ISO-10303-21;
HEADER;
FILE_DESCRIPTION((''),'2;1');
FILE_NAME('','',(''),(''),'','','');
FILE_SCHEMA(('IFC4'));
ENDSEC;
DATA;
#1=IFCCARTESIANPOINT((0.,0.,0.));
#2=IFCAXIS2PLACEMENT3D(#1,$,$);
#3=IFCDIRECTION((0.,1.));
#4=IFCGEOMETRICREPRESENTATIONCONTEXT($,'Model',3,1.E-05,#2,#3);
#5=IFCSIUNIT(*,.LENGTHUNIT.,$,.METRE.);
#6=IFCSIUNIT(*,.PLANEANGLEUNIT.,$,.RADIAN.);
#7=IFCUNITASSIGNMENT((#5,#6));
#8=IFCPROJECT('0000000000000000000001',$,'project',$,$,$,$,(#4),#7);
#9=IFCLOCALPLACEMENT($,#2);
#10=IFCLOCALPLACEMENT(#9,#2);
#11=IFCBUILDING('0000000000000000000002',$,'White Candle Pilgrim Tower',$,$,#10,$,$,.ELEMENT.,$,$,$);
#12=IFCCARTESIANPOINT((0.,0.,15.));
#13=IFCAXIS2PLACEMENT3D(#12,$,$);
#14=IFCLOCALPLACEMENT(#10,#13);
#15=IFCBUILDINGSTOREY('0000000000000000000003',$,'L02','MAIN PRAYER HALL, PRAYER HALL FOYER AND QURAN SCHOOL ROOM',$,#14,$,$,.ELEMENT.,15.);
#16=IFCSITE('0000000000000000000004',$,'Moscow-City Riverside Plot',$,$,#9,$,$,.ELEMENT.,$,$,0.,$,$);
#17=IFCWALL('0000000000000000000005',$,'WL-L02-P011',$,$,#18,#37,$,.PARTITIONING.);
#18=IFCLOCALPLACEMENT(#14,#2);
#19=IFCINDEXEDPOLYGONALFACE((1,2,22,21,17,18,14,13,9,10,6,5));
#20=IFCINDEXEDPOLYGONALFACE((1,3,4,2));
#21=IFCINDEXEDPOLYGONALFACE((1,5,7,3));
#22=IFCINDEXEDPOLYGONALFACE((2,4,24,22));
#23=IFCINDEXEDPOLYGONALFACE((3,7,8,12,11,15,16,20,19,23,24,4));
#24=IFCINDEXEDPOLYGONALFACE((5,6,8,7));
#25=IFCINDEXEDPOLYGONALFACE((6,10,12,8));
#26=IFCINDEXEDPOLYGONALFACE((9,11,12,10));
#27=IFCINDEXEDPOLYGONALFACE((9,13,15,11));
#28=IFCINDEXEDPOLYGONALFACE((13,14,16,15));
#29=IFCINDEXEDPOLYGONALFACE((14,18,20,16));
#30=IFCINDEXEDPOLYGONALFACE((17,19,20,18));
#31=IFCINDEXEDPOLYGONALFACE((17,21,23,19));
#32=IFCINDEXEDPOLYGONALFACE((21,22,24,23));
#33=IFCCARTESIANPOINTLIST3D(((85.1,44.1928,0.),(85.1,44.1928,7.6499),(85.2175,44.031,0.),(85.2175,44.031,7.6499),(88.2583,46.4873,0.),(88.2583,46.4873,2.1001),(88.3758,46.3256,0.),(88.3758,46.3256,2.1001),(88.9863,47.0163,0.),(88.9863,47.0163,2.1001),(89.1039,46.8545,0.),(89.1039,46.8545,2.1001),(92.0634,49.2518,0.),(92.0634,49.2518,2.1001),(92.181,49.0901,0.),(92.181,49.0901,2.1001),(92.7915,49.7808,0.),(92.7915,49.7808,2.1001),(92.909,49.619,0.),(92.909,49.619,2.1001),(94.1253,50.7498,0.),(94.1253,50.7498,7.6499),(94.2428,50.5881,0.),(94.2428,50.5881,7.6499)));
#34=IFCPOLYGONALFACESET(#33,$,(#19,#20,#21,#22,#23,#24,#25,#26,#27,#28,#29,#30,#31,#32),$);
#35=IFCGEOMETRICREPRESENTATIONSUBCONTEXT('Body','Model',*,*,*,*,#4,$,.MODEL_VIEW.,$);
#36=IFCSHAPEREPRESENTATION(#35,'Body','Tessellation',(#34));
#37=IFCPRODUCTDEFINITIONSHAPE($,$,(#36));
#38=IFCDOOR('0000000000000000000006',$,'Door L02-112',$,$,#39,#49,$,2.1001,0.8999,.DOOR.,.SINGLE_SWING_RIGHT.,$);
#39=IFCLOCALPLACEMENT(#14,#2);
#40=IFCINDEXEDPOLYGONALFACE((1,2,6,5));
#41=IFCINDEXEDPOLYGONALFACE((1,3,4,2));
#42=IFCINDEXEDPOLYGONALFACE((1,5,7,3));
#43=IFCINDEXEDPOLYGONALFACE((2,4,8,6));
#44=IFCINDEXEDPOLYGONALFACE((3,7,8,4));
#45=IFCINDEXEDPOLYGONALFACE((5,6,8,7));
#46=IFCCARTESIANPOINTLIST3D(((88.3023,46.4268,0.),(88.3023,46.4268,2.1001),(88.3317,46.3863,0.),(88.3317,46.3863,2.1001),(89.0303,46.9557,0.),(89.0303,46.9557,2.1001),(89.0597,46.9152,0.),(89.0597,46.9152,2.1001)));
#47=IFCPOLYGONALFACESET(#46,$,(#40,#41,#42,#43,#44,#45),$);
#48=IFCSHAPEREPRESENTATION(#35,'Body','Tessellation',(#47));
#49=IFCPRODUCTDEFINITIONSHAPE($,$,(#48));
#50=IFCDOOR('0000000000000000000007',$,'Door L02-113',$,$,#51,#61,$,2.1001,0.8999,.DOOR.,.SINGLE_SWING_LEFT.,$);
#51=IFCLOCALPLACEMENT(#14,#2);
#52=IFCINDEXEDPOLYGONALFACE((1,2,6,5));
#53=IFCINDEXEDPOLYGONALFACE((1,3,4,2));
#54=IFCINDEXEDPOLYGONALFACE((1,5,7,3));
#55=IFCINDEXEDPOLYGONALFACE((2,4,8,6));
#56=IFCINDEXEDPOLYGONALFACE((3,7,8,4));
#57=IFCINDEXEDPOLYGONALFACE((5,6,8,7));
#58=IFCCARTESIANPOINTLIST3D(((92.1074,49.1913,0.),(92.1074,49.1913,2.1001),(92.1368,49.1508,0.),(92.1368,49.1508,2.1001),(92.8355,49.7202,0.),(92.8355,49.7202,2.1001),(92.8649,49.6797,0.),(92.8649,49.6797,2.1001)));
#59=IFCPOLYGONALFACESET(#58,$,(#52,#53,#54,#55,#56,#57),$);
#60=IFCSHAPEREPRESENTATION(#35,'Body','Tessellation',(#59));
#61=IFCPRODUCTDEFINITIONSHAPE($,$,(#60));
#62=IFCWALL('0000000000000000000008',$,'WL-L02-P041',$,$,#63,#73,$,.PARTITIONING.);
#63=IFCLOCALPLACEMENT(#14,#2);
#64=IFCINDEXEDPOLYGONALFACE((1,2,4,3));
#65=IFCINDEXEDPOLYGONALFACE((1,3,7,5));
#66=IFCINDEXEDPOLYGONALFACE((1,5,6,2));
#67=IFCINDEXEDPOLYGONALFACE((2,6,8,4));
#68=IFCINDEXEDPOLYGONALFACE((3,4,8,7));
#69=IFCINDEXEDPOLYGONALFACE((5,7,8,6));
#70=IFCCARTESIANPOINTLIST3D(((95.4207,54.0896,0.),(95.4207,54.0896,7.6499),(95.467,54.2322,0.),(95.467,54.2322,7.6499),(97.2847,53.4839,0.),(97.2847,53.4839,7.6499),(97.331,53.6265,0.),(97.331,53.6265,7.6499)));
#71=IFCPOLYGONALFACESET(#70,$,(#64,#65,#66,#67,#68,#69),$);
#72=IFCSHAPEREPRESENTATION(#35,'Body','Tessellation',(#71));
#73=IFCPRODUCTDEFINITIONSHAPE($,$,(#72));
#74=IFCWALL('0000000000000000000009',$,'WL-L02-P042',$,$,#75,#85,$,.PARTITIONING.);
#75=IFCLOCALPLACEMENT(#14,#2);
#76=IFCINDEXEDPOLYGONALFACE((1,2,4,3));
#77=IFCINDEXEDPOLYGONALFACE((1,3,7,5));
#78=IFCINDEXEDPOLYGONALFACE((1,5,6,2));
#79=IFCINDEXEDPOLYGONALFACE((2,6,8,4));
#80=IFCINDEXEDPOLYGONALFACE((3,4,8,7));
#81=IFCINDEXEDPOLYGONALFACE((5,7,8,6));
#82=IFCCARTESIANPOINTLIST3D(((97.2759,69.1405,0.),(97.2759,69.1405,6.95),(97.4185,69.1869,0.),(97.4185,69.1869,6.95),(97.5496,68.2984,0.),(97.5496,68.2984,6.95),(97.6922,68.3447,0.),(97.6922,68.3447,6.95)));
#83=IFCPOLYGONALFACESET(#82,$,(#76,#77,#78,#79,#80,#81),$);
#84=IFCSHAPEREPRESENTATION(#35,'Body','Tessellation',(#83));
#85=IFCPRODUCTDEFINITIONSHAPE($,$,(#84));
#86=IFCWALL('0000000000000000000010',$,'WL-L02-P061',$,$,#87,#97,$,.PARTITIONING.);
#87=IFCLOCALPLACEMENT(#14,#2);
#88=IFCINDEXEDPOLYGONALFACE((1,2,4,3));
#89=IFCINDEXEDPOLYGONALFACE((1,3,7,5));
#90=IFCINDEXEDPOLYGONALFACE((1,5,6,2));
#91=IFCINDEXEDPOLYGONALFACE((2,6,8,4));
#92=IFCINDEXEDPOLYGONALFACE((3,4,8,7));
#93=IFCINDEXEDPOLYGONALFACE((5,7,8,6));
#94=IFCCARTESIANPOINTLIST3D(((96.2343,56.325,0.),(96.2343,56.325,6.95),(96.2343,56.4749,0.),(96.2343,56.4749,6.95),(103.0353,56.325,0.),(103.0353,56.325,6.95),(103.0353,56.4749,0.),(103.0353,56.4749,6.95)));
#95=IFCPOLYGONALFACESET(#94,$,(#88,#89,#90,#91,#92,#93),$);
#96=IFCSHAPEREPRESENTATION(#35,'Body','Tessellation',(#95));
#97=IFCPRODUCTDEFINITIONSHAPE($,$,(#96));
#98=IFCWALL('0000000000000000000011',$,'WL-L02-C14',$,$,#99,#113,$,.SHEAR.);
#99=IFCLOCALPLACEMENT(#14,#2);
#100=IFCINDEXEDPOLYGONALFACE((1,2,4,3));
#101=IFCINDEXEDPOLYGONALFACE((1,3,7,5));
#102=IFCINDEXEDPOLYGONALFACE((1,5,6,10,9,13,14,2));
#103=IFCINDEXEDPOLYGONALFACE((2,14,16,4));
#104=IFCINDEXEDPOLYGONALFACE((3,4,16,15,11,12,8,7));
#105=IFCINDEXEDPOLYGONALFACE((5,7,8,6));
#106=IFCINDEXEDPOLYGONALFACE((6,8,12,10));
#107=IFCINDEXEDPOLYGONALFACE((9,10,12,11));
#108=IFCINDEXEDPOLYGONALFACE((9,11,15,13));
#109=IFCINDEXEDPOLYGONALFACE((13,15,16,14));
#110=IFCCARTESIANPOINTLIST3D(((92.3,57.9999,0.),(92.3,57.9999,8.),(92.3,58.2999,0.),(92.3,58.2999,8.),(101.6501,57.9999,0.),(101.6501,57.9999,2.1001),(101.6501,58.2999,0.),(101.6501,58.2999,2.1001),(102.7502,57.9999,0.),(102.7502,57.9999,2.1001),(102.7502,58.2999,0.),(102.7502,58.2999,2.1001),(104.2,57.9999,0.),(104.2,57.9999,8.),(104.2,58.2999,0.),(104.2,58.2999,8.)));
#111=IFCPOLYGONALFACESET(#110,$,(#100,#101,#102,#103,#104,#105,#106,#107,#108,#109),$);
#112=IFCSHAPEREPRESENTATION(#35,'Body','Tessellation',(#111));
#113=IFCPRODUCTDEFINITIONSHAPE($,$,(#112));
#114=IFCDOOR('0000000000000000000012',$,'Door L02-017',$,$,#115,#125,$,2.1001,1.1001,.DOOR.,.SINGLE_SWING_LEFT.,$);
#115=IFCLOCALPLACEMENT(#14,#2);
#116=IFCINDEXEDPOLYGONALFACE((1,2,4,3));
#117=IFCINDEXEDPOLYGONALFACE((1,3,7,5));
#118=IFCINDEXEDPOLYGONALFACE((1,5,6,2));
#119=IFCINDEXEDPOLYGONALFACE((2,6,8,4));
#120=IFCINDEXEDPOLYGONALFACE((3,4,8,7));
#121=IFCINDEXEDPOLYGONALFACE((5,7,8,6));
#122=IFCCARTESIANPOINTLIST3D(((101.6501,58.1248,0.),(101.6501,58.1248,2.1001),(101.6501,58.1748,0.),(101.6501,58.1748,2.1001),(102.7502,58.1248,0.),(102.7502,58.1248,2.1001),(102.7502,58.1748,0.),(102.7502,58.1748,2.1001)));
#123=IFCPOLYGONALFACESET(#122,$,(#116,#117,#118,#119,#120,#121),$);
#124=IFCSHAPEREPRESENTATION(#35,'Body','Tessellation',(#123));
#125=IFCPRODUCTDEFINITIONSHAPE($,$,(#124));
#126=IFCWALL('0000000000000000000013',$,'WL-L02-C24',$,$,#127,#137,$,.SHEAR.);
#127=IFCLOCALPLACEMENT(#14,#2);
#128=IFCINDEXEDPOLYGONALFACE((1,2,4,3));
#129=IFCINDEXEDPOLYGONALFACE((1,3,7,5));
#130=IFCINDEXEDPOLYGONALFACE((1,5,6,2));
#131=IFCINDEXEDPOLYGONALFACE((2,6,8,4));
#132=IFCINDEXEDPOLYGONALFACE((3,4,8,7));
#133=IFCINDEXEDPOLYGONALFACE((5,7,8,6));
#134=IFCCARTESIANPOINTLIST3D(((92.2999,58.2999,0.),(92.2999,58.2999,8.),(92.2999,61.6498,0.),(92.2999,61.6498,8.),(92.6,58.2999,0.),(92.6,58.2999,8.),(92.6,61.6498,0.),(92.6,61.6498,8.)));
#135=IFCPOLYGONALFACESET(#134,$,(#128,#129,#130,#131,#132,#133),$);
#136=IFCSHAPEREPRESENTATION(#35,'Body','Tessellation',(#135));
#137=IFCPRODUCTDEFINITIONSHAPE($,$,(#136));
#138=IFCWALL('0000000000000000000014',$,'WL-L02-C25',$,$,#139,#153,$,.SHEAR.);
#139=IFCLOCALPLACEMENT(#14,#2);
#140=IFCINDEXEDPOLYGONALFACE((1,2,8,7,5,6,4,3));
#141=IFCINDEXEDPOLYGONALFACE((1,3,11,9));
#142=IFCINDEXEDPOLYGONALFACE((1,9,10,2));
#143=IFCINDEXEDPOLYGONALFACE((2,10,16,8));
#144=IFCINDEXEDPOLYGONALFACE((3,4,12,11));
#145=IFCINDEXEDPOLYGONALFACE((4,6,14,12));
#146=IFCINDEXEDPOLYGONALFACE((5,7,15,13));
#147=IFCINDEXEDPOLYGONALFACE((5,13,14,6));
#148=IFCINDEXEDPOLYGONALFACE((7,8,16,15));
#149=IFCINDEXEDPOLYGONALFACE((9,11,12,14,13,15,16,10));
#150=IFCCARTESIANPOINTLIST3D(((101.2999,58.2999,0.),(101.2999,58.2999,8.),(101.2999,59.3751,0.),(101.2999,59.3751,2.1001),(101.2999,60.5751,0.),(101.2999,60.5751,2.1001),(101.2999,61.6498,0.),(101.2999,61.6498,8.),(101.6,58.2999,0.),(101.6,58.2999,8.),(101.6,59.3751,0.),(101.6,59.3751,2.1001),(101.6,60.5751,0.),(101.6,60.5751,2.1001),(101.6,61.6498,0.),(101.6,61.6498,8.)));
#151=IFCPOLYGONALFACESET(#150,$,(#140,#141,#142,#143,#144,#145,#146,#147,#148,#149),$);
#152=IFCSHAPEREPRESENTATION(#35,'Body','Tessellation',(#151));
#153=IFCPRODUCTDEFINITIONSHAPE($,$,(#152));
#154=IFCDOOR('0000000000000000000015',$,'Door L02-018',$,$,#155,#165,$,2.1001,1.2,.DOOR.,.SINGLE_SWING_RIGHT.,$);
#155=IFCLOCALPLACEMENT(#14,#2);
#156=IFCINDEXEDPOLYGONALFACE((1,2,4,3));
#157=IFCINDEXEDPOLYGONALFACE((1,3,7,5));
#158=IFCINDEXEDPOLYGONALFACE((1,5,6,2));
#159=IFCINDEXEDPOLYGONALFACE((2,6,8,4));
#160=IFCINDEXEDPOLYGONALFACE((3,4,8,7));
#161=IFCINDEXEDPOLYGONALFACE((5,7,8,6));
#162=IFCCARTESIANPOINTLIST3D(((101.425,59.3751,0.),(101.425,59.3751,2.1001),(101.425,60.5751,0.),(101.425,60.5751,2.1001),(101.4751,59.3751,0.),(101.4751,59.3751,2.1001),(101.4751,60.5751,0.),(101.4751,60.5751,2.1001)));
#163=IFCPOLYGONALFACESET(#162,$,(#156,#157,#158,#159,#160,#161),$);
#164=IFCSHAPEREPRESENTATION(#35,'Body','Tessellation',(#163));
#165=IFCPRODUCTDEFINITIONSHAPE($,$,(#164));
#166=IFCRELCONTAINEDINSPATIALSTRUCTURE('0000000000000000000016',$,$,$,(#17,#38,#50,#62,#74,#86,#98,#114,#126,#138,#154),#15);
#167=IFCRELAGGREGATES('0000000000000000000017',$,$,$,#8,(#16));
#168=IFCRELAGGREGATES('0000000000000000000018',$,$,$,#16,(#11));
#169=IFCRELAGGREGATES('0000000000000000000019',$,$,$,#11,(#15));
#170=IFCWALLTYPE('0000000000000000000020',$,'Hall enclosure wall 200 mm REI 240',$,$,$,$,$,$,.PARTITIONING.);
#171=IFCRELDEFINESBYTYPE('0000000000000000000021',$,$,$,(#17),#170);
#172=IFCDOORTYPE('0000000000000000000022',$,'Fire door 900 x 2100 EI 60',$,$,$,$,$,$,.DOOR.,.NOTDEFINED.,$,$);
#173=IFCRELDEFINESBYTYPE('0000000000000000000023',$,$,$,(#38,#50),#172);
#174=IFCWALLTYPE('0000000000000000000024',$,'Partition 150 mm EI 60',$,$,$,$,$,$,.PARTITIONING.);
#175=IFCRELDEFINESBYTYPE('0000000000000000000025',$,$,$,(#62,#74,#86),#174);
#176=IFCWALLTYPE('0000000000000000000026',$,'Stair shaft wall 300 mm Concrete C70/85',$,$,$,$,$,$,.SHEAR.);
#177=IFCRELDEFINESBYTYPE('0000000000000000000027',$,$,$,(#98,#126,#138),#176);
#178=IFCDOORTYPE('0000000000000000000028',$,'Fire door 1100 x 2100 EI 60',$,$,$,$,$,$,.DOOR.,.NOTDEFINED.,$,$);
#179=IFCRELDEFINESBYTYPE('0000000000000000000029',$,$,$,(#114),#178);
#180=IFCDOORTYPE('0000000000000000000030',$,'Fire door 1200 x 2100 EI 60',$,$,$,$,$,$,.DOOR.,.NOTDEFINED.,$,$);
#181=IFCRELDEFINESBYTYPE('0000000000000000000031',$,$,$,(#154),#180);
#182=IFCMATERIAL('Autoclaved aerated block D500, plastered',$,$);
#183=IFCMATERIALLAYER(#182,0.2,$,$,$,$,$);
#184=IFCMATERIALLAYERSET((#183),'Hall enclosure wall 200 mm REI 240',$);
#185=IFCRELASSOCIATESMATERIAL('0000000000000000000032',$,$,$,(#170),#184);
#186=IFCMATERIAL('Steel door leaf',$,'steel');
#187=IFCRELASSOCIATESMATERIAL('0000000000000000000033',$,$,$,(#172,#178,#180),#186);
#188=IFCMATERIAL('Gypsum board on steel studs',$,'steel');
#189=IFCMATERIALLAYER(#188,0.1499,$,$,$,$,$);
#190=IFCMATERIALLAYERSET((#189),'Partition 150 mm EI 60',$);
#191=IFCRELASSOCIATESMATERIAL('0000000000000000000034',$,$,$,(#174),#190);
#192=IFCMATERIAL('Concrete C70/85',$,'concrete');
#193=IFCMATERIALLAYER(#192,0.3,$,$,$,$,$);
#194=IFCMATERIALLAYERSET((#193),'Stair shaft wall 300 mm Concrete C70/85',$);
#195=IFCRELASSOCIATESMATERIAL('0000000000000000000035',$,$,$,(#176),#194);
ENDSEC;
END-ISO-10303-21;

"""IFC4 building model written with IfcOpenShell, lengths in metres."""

from ifc_helpers import new_model, si_unit, direction, frame, frame_2d, origin, place, context, subcontext, project, spatial, rectangle, extrude, material, layer, layer_set, type_object, element, fill, save


model = new_model("IFC4")

# Units and contexts
model_context = context("Model", 3, precision=1e-05, world=origin(), true_north=direction((0.0, 1.0)))
body_context = subcontext(model_context, "Body", "Model", "MODEL_VIEW")
ifc_project = project(units=[si_unit("LENGTHUNIT", "METRE"), si_unit("PLANEANGLEUNIT", "RADIAN")], contexts=[model_context])

# Site, building, storey
site_placement = place(None, origin())
site = spatial("IfcSite", under=ifc_project, at=site_placement, Name="Moscow-City Riverside Plot", CompositionType="ELEMENT", RefElevation=0.0)
building_placement = place(site_placement, origin())
building = spatial("IfcBuilding", under=site, at=building_placement, Name="White Candle Pilgrim Tower", CompositionType="ELEMENT")
storey_placement = place(building_placement, frame((0.0, 0.0, 15.0)))
storey = spatial("IfcBuildingStorey", under=building, at=storey_placement, Name="L02", Description="MAIN PRAYER HALL, PRAYER HALL FOYER AND QURAN SCHOOL ROOM", CompositionType="ELEMENT", Elevation=15.0)

# Shared definitions
ifc_material_1 = material(Name="Autoclaved aerated block D500, plastered")
ifc_layer_1 = layer(ifc_material_1, 0.2)
ifc_layer_set_1 = layer_set([ifc_layer_1], Name="Hall enclosure wall 200 mm REI 240")
wall_type_1 = type_object("IfcWallType", Name="Hall enclosure wall 200 mm REI 240", PredefinedType="PARTITIONING", material=ifc_layer_set_1)
ifc_material_2 = material(Name="Steel door leaf", Category="steel")
door_type_1 = type_object("IfcDoorType", Name="Fire door 900 x 2100 EI 60", OperationType="NOTDEFINED", PredefinedType="DOOR", material=ifc_material_2)

# Wall, openings, doors
wall_1_placement = place(storey_placement, frame((94.1841, 50.6689, 0.0), z_axis=(0.0, 0.0, 1.0), x_axis=(-0.809026, -0.587773, 0.0)))
wall_1 = element("IfcWall", 1, at=wall_1_placement, inside=storey, type_object=wall_type_1, Name="WL-L02-P011", PredefinedType="PARTITIONING", context=body_context, shape_type="SweptSolid", body=[
    extrude(rectangle(XDim=11.1558, YDim=0.2, at=frame_2d((5.5779, 0.0))), origin(), (0.0, 0.0, 1.0), 7.6499),
])
opening_1_placement = place(wall_1_placement, frame((6.3521, 0.0, 0.0)))
opening_1 = element("IfcOpeningElement", 2, at=opening_1_placement, cuts=wall_1, PredefinedType="OPENING", context=body_context, shape_type="SweptSolid", body=[
    extrude(rectangle(XDim=0.8999, YDim=2.1001, at=frame_2d((0.45, 1.05))), frame((0.0, 0.1099, 0.0), z_axis=(0.0, -1.0, 0.0), x_axis=(1.0, 0.0, 0.0)), (0.0, 0.0, 1.0), 0.22),
])
opening_2_placement = place(wall_1_placement, frame((1.6487, 0.0, 0.0)))
opening_2 = element("IfcOpeningElement", 3, at=opening_2_placement, cuts=wall_1, PredefinedType="OPENING", context=body_context, shape_type="SweptSolid", body=[
    extrude(rectangle(XDim=0.8999, YDim=2.1001, at=frame_2d((0.45, 1.05))), frame((0.0, 0.1099, 0.0), z_axis=(0.0, -1.0, 0.0), x_axis=(1.0, 0.0, 0.0)), (0.0, 0.0, 1.0), 0.22),
])
door_1_placement = place(opening_1_placement, origin())
door_1 = element("IfcDoor", 4, at=door_1_placement, inside=storey, type_object=door_type_1, Name="Door L02-112", OperationType="SINGLE_SWING_RIGHT", OverallHeight=2.1001, OverallWidth=0.8999, PredefinedType="DOOR", context=body_context, shape_type="SweptSolid", body=[
    extrude(rectangle(XDim=0.8999, YDim=2.1001, at=frame_2d((0.45, 1.05))), frame((0.0, 0.0249, 0.0), z_axis=(0.0, -1.0, 0.0), x_axis=(1.0, 0.0, 0.0)), (0.0, 0.0, 1.0), 0.05),
])
fill(opening_1, door_1)
door_2_placement = place(opening_2_placement, origin())
door_2 = element("IfcDoor", 5, at=door_2_placement, inside=storey, type_object=door_type_1, Name="Door L02-113", OperationType="SINGLE_SWING_LEFT", OverallHeight=2.1001, OverallWidth=0.8999, PredefinedType="DOOR", context=body_context, shape_type="SweptSolid", body=[
    extrude(rectangle(XDim=0.8999, YDim=2.1001, at=frame_2d((0.45, 1.05))), frame((0.0, 0.0249, 0.0), z_axis=(0.0, -1.0, 0.0), x_axis=(1.0, 0.0, 0.0)), (0.0, 0.0, 1.0), 0.05),
])
fill(opening_2, door_2)

# Walls
ifc_material_3 = material(Name="Gypsum board on steel studs", Category="steel")
ifc_layer_2 = layer(ifc_material_3, 0.1499)
ifc_layer_set_2 = layer_set([ifc_layer_2], Name="Partition 150 mm EI 60")
wall_type_2 = type_object("IfcWallType", Name="Partition 150 mm EI 60", PredefinedType="PARTITIONING", material=ifc_layer_set_2)
wall_2_placement = place(storey_placement, frame((97.3079, 53.5552, 0.0), z_axis=(0.0, 0.0, 1.0), x_axis=(-0.951048, 0.309044, 0.0)))
element("IfcWall", 6, at=wall_2_placement, inside=storey, type_object=wall_type_2, Name="WL-L02-P041", PredefinedType="PARTITIONING", context=body_context, shape_type="SweptSolid", body=[
    extrude(rectangle(XDim=1.96, YDim=0.1499, at=frame_2d((0.98, 0.0))), origin(), (0.0, 0.0, 1.0), 7.6499),
])
wall_3_placement = place(storey_placement, frame((97.3472, 69.1638, 0.0), z_axis=(0.0, 0.0, 1.0), x_axis=(0.309105, -0.951028, 0.0)))
element("IfcWall", 7, at=wall_3_placement, inside=storey, type_object=wall_type_2, Name="WL-L02-P042", PredefinedType="PARTITIONING", context=body_context, shape_type="SweptSolid", body=[
    extrude(rectangle(XDim=0.8855, YDim=0.1499, at=frame_2d((0.4429, 0.0))), origin(), (0.0, 0.0, 1.0), 6.95),
])
wall_4_placement = place(storey_placement, frame((96.2344, 56.3999, 0.0), z_axis=(0.0, 0.0, 1.0), x_axis=(1.0, 0.0, 0.0)))
element("IfcWall", 8, at=wall_4_placement, inside=storey, type_object=wall_type_2, Name="WL-L02-P061", PredefinedType="PARTITIONING", context=body_context, shape_type="SweptSolid", body=[
    extrude(rectangle(XDim=6.801, YDim=0.1499, at=frame_2d((3.4004, 0.0))), origin(), (0.0, 0.0, 1.0), 6.95),
])

# Wall, opening, door
ifc_material_4 = material(Name="Concrete C70/85", Category="concrete")
ifc_layer_3 = layer(ifc_material_4, 0.3)
ifc_layer_set_3 = layer_set([ifc_layer_3], Name="Stair shaft wall 300 mm Concrete C70/85")
wall_type_3 = type_object("IfcWallType", Name="Stair shaft wall 300 mm Concrete C70/85", PredefinedType="SHEAR", material=ifc_layer_set_3)
wall_5_placement = place(storey_placement, frame((92.3, 58.1499, 0.0), z_axis=(0.0, 0.0, 1.0), x_axis=(1.0, 0.0, 0.0)))
wall_5 = element("IfcWall", 9, at=wall_5_placement, inside=storey, type_object=wall_type_3, Name="WL-L02-C14", PredefinedType="SHEAR", context=body_context, shape_type="SweptSolid", body=[
    extrude(rectangle(XDim=11.8999, YDim=0.3, at=frame_2d((5.95, 0.0))), origin(), (0.0, 0.0, 1.0), 8.0),
])
opening_3_placement = place(wall_5_placement, frame((9.3501, 0.0, 0.0)))
opening_3 = element("IfcOpeningElement", 10, at=opening_3_placement, cuts=wall_5, PredefinedType="OPENING", context=body_context, shape_type="SweptSolid", body=[
    extrude(rectangle(XDim=1.1001, YDim=2.1001, at=frame_2d((0.55, 1.05))), frame((0.0, 0.1599, 0.0), z_axis=(0.0, -1.0, 0.0), x_axis=(1.0, 0.0, 0.0)), (0.0, 0.0, 1.0), 0.3201),
])
door_type_2 = type_object("IfcDoorType", Name="Fire door 1100 x 2100 EI 60", OperationType="NOTDEFINED", PredefinedType="DOOR", material=ifc_material_2)
door_3_placement = place(opening_3_placement, origin())
door_3 = element("IfcDoor", 11, at=door_3_placement, inside=storey, type_object=door_type_2, Name="Door L02-017", OperationType="SINGLE_SWING_LEFT", OverallHeight=2.1001, OverallWidth=1.1001, PredefinedType="DOOR", context=body_context, shape_type="SweptSolid", body=[
    extrude(rectangle(XDim=1.1001, YDim=2.1001, at=frame_2d((0.55, 1.05))), frame((0.0, 0.0249, 0.0), z_axis=(0.0, -1.0, 0.0), x_axis=(1.0, 0.0, 0.0)), (0.0, 0.0, 1.0), 0.05),
])
fill(opening_3, door_3)

# Wall
wall_6_placement = place(storey_placement, frame((92.45, 58.3, 0.0), z_axis=(0.0, 0.0, 1.0), x_axis=(0.0, 1.0, 0.0)))
element("IfcWall", 12, at=wall_6_placement, inside=storey, type_object=wall_type_3, Name="WL-L02-C24", PredefinedType="SHEAR", context=body_context, shape_type="SweptSolid", body=[
    extrude(rectangle(XDim=3.3499, YDim=0.3, at=frame_2d((1.6748, 0.0))), origin(), (0.0, 0.0, 1.0), 8.0),
])

# Wall, opening, door
wall_7_placement = place(storey_placement, frame((101.45, 58.3, 0.0), z_axis=(0.0, 0.0, 1.0), x_axis=(0.0, 1.0, 0.0)))
wall_7 = element("IfcWall", 13, at=wall_7_placement, inside=storey, type_object=wall_type_3, Name="WL-L02-C25", PredefinedType="SHEAR", context=body_context, shape_type="SweptSolid", body=[
    extrude(rectangle(XDim=3.3499, YDim=0.3, at=frame_2d((1.6748, 0.0))), origin(), (0.0, 0.0, 1.0), 8.0),
])
opening_4_placement = place(wall_7_placement, frame((1.075, 0.0, 0.0)))
opening_4 = element("IfcOpeningElement", 14, at=opening_4_placement, cuts=wall_7, PredefinedType="OPENING", context=body_context, shape_type="SweptSolid", body=[
    extrude(rectangle(XDim=1.2, YDim=2.1001, at=frame_2d((0.6001, 1.05))), frame((0.0, 0.1599, 0.0), z_axis=(0.0, -1.0, 0.0), x_axis=(1.0, 0.0, 0.0)), (0.0, 0.0, 1.0), 0.3201),
])
door_type_3 = type_object("IfcDoorType", Name="Fire door 1200 x 2100 EI 60", OperationType="NOTDEFINED", PredefinedType="DOOR", material=ifc_material_2)
door_4_placement = place(opening_4_placement, origin())
door_4 = element("IfcDoor", 15, at=door_4_placement, inside=storey, type_object=door_type_3, Name="Door L02-018", OperationType="SINGLE_SWING_RIGHT", OverallHeight=2.1001, OverallWidth=1.2, PredefinedType="DOOR", context=body_context, shape_type="SweptSolid", body=[
    extrude(rectangle(XDim=1.2, YDim=2.1001, at=frame_2d((0.6001, 1.05))), frame((0.0, 0.0249, 0.0), z_axis=(0.0, -1.0, 0.0), x_axis=(1.0, 0.0, 0.0)), (0.0, 0.0, 1.0), 0.05),
])
fill(opening_4, door_4)

save(model, "model.ifc")
